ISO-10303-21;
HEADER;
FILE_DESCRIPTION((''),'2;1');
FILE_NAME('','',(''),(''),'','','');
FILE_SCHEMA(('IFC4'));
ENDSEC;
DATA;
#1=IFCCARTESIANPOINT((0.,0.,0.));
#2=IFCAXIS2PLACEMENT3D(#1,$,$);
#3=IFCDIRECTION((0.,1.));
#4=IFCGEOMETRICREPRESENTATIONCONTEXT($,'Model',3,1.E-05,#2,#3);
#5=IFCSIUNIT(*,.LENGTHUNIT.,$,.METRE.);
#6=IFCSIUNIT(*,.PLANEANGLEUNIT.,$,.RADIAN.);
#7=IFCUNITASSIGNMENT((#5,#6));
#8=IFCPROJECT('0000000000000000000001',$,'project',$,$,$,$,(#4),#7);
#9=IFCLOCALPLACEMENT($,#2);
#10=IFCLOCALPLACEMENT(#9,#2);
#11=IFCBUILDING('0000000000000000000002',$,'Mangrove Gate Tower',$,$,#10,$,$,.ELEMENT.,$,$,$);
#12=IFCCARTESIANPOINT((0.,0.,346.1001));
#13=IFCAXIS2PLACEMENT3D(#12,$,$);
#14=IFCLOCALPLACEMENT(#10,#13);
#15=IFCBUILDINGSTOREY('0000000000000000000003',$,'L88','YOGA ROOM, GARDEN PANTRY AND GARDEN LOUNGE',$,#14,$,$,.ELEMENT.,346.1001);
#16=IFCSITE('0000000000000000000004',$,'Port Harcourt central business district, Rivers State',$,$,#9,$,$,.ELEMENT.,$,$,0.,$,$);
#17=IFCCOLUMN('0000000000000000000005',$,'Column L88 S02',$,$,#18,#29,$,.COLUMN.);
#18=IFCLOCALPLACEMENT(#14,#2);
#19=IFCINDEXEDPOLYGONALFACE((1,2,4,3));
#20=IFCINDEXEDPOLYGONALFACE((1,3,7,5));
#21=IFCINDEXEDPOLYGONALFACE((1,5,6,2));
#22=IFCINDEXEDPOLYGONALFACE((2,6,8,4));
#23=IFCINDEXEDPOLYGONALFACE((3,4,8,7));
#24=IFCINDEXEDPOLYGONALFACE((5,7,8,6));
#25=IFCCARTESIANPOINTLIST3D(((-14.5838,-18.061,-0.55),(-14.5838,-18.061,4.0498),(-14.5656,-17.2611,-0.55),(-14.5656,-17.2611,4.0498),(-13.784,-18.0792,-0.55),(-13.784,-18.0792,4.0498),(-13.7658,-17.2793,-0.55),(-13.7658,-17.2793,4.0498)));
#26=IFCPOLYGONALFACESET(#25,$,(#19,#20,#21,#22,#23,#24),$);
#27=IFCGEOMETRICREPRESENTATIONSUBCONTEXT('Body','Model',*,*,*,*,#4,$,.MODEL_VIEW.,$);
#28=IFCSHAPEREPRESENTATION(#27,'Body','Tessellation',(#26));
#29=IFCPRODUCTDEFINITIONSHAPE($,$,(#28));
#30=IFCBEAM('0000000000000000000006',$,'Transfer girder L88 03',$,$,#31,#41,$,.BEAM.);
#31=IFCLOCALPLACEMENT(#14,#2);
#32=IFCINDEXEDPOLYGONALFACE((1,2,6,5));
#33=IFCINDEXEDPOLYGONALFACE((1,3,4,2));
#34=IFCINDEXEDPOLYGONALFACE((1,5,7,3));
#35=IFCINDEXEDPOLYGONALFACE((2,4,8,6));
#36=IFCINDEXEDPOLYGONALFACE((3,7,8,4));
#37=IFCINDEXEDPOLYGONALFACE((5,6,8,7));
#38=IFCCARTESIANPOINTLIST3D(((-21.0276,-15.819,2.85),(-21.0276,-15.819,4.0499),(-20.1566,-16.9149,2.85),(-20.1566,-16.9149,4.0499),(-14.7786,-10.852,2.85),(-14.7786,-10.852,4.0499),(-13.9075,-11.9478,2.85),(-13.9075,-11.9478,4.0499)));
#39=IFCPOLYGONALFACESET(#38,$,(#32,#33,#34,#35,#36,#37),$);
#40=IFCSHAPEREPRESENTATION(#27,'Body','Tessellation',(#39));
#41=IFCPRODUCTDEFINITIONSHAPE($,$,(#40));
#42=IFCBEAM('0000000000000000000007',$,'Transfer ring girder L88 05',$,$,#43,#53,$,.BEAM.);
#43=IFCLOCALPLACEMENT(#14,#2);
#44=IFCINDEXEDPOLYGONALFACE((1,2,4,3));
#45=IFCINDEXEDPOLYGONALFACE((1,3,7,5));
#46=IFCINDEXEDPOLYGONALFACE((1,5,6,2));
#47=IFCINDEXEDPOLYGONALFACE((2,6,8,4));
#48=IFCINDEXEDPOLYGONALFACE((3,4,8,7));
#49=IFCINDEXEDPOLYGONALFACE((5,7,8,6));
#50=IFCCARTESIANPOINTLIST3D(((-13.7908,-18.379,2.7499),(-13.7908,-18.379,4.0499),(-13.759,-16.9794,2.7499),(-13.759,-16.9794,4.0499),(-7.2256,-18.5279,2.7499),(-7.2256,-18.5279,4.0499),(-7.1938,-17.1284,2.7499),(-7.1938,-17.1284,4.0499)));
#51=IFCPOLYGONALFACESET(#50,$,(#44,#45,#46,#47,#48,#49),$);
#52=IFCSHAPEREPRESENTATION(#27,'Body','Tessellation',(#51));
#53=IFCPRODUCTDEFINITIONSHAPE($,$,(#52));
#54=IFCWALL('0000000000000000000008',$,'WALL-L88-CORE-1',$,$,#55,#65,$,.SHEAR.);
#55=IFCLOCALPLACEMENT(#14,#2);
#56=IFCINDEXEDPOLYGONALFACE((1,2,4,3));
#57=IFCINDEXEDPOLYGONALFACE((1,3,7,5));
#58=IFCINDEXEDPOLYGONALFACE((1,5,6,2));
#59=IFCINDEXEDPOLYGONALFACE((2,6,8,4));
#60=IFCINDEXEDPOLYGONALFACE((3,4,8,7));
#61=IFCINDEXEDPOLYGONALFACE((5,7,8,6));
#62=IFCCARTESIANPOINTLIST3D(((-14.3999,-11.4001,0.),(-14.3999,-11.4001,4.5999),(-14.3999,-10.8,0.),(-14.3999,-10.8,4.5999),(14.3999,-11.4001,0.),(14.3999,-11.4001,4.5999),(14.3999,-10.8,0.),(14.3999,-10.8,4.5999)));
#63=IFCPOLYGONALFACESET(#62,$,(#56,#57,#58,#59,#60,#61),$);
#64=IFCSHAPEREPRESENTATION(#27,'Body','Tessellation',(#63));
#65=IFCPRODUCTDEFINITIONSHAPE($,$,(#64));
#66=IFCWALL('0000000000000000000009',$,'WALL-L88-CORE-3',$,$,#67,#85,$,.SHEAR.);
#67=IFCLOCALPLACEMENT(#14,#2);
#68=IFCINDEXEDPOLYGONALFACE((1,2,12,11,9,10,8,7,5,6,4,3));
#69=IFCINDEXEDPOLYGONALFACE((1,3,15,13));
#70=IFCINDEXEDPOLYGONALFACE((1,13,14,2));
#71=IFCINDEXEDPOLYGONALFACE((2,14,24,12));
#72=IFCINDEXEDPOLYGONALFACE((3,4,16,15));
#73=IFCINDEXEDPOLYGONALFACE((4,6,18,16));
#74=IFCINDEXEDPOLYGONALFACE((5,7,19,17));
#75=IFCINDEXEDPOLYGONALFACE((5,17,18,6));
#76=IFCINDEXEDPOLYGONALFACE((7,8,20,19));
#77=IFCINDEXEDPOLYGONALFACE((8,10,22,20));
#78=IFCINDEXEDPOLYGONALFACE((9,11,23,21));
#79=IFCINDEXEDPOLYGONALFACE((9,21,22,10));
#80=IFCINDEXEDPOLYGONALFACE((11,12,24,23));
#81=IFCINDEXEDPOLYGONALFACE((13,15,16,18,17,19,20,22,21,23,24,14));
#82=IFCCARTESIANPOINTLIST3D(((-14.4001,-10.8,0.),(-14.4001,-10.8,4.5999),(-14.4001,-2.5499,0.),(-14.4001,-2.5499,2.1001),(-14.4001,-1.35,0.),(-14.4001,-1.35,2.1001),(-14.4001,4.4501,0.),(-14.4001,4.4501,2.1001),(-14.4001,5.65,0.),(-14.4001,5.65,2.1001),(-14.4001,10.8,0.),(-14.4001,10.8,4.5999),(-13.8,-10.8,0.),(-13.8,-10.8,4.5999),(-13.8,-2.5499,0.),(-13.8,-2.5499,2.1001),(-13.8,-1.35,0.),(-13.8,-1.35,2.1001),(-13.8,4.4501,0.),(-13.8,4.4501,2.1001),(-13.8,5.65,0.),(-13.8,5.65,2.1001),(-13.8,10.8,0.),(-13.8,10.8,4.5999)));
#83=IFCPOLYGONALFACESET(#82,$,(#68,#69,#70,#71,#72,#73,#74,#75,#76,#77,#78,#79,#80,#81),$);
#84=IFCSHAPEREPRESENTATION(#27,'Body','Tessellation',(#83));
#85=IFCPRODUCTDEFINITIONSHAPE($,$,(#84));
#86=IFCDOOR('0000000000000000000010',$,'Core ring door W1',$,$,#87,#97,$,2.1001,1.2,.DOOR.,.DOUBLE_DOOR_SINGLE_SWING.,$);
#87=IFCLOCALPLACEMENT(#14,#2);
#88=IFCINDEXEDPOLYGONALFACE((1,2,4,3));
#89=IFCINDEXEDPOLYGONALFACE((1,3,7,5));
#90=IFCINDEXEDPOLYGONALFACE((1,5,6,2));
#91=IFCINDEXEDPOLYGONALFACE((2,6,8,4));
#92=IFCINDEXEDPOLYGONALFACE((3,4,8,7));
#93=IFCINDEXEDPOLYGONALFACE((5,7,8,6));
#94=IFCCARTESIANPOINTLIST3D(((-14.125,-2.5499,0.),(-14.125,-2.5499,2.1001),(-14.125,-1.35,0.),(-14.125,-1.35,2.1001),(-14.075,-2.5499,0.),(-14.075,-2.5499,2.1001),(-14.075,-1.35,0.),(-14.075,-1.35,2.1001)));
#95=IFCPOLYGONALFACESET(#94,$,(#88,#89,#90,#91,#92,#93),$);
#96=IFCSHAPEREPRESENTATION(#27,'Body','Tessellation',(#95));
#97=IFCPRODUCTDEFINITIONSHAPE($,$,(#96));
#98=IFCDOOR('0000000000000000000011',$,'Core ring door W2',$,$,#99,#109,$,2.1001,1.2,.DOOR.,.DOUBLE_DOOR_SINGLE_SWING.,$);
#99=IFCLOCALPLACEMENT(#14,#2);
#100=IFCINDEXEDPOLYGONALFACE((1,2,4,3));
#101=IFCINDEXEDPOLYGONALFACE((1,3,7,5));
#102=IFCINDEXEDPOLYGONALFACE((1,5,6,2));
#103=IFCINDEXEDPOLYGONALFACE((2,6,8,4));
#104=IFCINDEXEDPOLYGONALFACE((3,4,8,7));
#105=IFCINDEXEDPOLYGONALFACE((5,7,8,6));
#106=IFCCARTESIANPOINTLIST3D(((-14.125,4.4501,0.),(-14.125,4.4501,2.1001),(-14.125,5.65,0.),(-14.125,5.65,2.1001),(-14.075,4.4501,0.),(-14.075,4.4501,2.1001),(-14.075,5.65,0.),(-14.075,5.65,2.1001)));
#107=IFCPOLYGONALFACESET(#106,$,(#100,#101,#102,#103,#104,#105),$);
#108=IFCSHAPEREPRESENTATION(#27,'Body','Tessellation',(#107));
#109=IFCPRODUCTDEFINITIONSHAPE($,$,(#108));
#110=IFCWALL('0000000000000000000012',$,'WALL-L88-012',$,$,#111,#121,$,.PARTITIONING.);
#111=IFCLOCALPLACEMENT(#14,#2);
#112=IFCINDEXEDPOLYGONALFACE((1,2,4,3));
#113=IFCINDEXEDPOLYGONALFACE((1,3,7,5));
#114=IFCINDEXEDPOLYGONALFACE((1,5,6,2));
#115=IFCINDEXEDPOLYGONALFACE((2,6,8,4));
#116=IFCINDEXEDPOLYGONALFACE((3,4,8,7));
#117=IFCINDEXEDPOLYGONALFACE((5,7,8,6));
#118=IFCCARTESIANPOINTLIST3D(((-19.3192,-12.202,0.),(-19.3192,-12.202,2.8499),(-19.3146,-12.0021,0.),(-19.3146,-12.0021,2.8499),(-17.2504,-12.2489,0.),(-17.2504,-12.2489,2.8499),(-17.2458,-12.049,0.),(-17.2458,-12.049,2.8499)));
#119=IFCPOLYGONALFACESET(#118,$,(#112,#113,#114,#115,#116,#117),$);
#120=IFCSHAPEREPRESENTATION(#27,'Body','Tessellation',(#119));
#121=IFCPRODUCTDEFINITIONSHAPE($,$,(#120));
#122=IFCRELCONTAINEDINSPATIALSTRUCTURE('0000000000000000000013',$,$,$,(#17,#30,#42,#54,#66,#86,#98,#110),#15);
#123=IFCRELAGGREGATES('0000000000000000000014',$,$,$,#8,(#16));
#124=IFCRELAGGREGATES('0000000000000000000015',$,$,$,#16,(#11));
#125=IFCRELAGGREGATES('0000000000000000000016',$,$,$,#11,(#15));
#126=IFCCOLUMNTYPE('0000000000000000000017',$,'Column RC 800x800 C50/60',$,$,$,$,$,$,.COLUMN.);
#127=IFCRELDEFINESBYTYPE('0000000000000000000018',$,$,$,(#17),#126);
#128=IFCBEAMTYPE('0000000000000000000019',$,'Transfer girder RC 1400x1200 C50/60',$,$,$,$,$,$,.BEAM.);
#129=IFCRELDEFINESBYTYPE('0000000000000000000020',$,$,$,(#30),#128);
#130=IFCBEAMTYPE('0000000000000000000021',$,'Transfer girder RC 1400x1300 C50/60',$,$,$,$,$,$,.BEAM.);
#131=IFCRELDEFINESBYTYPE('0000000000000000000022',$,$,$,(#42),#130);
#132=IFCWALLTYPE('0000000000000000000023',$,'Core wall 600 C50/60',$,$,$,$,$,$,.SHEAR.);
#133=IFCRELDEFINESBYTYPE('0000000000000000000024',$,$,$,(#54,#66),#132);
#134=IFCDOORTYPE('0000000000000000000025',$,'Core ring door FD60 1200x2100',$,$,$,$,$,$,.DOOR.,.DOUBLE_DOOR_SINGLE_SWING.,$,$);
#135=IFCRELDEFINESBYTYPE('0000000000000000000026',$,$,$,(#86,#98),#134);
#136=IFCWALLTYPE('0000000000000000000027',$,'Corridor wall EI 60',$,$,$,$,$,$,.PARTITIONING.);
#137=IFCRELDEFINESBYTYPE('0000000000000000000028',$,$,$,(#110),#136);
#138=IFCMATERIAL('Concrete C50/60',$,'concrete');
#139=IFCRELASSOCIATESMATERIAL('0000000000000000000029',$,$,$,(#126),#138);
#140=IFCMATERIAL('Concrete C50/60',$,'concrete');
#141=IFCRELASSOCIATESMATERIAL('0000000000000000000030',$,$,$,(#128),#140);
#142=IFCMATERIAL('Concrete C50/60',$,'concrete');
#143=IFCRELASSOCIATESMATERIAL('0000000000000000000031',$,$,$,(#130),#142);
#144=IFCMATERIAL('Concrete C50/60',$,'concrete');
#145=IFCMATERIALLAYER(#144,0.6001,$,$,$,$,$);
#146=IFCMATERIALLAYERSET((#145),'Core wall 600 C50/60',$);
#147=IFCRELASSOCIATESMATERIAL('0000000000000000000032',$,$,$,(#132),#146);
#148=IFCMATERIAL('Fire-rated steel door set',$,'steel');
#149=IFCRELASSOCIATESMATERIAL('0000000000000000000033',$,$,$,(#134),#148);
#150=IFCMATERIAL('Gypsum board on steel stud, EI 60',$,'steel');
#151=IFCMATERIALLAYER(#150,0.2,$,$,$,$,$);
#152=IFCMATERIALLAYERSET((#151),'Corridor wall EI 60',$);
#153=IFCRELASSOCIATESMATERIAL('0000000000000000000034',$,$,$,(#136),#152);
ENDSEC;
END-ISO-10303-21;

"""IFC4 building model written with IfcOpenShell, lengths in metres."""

from ifc_helpers import new_model, si_unit, direction, frame, frame_2d, origin, origin_2d, place, context, subcontext, project, spatial, rectangle, extrude, material, layer, layer_set, material_profile, profile_set, type_object, element, fill, save


model = new_model("IFC4")

# Units and contexts
model_context = context("Model", 3, precision=1e-05, world=origin(), true_north=direction((0.0, 1.0)))
body_context = subcontext(model_context, "Body", "Model", "MODEL_VIEW")
ifc_project = project(units=[si_unit("LENGTHUNIT", "METRE"), si_unit("PLANEANGLEUNIT", "RADIAN")], contexts=[model_context])

# Site, building, storey
site_placement = place(None, origin())
site = spatial("IfcSite", under=ifc_project, at=site_placement, Name="Port Harcourt central business district, Rivers State", CompositionType="ELEMENT", RefElevation=0.0)
building_placement = place(site_placement, origin())
building = spatial("IfcBuilding", under=site, at=building_placement, Name="Mangrove Gate Tower", CompositionType="ELEMENT")
storey_placement = place(building_placement, frame((0.0, 0.0, 346.1001)))
storey = spatial("IfcBuildingStorey", under=building, at=storey_placement, Name="L88", Description="YOGA ROOM, GARDEN PANTRY AND GARDEN LOUNGE", CompositionType="ELEMENT", Elevation=346.1001)

# Column
ifc_material_1 = material(Name="Concrete C50/60", Category="concrete")
ifc_material_profile_1 = material_profile(ifc_material_1, rectangle(XDim=0.8, YDim=0.8, at=origin_2d()))
ifc_profile_set_1 = profile_set([ifc_material_profile_1], Name="Concrete C50/60")
column_type = type_object("IfcColumnType", Name="Column RC 800x800 C50/60", PredefinedType="COLUMN", material=ifc_profile_set_1)
column_placement = place(storey_placement, frame((-14.1748, -17.6702, -0.55), z_axis=(0.0, 0.0, 1.0), x_axis=(0.999741, -0.022737, 0.0)))
element("IfcColumn", 1, at=column_placement, inside=storey, type_object=column_type, Name="Column L88 S02", PredefinedType="COLUMN", context=body_context, shape_type="SweptSolid", body=[
    extrude(rectangle(XDim=0.8, YDim=0.8, at=origin_2d()), origin(), (0.0, 0.0, 1.0), 4.5999),
])

# Beams
ifc_material_2 = material(Name="Concrete C50/60", Category="concrete")
ifc_material_profile_2 = material_profile(ifc_material_2, rectangle(XDim=1.3999, YDim=1.2, at=origin_2d()))
ifc_profile_set_2 = profile_set([ifc_material_profile_2], Name="Concrete C50/60")
beam_type_1 = type_object("IfcBeamType", Name="Transfer girder RC 1400x1200 C50/60", PredefinedType="BEAM", material=ifc_profile_set_2)
beam_1_placement = place(storey_placement, frame((-14.343, -11.3999, 3.45), z_axis=(-0.782831, -0.622234, 0.0), x_axis=(0.622234, -0.782831, 0.0)))
element("IfcBeam", 2, at=beam_1_placement, inside=storey, type_object=beam_type_1, Name="Transfer girder L88 03", PredefinedType="BEAM", context=body_context, shape_type="SweptSolid", body=[
    extrude(rectangle(XDim=1.3999, YDim=1.2, at=origin_2d()), origin(), (0.0, 0.0, 1.0), 7.9827),
])
ifc_material_3 = material(Name="Concrete C50/60", Category="concrete")
ifc_material_profile_3 = material_profile(ifc_material_3, rectangle(XDim=1.3999, YDim=1.3, at=origin_2d()))
ifc_profile_set_3 = profile_set([ifc_material_profile_3], Name="Concrete C50/60")
beam_type_2 = type_object("IfcBeamType", Name="Transfer girder RC 1400x1300 C50/60", PredefinedType="BEAM", material=ifc_profile_set_3)
beam_2_placement = place(storey_placement, frame((-13.7749, -17.6792, 3.3999), z_axis=(0.999743, -0.022678, 0.0), x_axis=(0.022678, 0.999743, 0.0)))
element("IfcBeam", 3, at=beam_2_placement, inside=storey, type_object=beam_type_2, Name="Transfer ring girder L88 05", PredefinedType="BEAM", context=body_context, shape_type="SweptSolid", body=[
    extrude(rectangle(XDim=1.3999, YDim=1.3, at=origin_2d()), origin(), (0.0, 0.0, 1.0), 6.5669),
])

# Wall
ifc_material_4 = material(Name="Concrete C50/60", Category="concrete")
ifc_layer_1 = layer(ifc_material_4, 0.6001)
ifc_layer_set_1 = layer_set([ifc_layer_1], Name="Core wall 600 C50/60")
wall_type_1 = type_object("IfcWallType", Name="Core wall 600 C50/60", PredefinedType="SHEAR", material=ifc_layer_set_1)
wall_1_placement = place(storey_placement, frame((-14.3999, -11.1001, 0.0), z_axis=(0.0, 0.0, 1.0), x_axis=(1.0, 0.0, 0.0)))
element("IfcWall", 4, at=wall_1_placement, inside=storey, type_object=wall_type_1, Name="WALL-L88-CORE-1", PredefinedType="SHEAR", context=body_context, shape_type="SweptSolid", body=[
    extrude(rectangle(XDim=28.7998, YDim=0.6001, at=frame_2d((14.3999, 0.0))), origin(), (0.0, 0.0, 1.0), 4.5999),
])

# Wall, openings, doors
wall_2_placement = place(storey_placement, frame((-14.1001, -10.8, 0.0), z_axis=(0.0, 0.0, 1.0), x_axis=(0.0, 1.0, 0.0)))
wall_2 = element("IfcWall", 5, at=wall_2_placement, inside=storey, type_object=wall_type_1, Name="WALL-L88-CORE-3", PredefinedType="SHEAR", context=body_context, shape_type="SweptSolid", body=[
    extrude(rectangle(XDim=21.6001, YDim=0.6001, at=frame_2d((10.8, 0.0))), origin(), (0.0, 0.0, 1.0), 4.5999),
])
opening_1_placement = place(wall_2_placement, frame((8.25, 0.0, 0.0)))
opening_1 = element("IfcOpeningElement", 6, at=opening_1_placement, cuts=wall_2, PredefinedType="OPENING", context=body_context, shape_type="SweptSolid", body=[
    extrude(rectangle(XDim=1.2, YDim=2.1001, at=frame_2d((0.6001, 1.05))), frame((0.0, 0.3101, 0.0), z_axis=(0.0, -1.0, 0.0), x_axis=(1.0, 0.0, 0.0)), (0.0, 0.0, 1.0), 0.6201),
])
opening_2_placement = place(wall_2_placement, frame((15.25, 0.0, 0.0)))
opening_2 = element("IfcOpeningElement", 7, at=opening_2_placement, cuts=wall_2, PredefinedType="OPENING", context=body_context, shape_type="SweptSolid", body=[
    extrude(rectangle(XDim=1.2, YDim=2.1001, at=frame_2d((0.6001, 1.05))), frame((0.0, 0.3101, 0.0), z_axis=(0.0, -1.0, 0.0), x_axis=(1.0, 0.0, 0.0)), (0.0, 0.0, 1.0), 0.6201),
])
ifc_material_5 = material(Name="Fire-rated steel door set", Category="steel")
door_type_1 = type_object("IfcDoorType", Name="Core ring door FD60 1200x2100", OperationType="DOUBLE_DOOR_SINGLE_SWING", PredefinedType="DOOR", material=ifc_material_5)
door_1_placement = place(opening_1_placement, origin())
door_1 = element("IfcDoor", 8, at=door_1_placement, inside=storey, type_object=door_type_1, Name="Core ring door W1", OperationType="DOUBLE_DOOR_SINGLE_SWING", OverallHeight=2.1001, OverallWidth=1.2, PredefinedType="DOOR", context=body_context, shape_type="SweptSolid", body=[
    extrude(rectangle(XDim=1.2, YDim=2.1001, at=frame_2d((0.6001, 1.05))), frame((0.0, 0.0249, 0.0), z_axis=(0.0, -1.0, 0.0), x_axis=(1.0, 0.0, 0.0)), (0.0, 0.0, 1.0), 0.05),
])
fill(opening_1, door_1)
door_2_placement = place(opening_2_placement, origin())
door_2 = element("IfcDoor", 9, at=door_2_placement, inside=storey, type_object=door_type_1, Name="Core ring door W2", OperationType="DOUBLE_DOOR_SINGLE_SWING", OverallHeight=2.1001, OverallWidth=1.2, PredefinedType="DOOR", context=body_context, shape_type="SweptSolid", body=[
    extrude(rectangle(XDim=1.2, YDim=2.1001, at=frame_2d((0.6001, 1.05))), frame((0.0, 0.0249, 0.0), z_axis=(0.0, -1.0, 0.0), x_axis=(1.0, 0.0, 0.0)), (0.0, 0.0, 1.0), 0.05),
])
fill(opening_2, door_2)

# Wall
ifc_material_6 = material(Name="Gypsum board on steel stud, EI 60", Category="steel")
ifc_layer_2 = layer(ifc_material_6, 0.2)
ifc_layer_set_2 = layer_set([ifc_layer_2], Name="Corridor wall EI 60")
wall_type_2 = type_object("IfcWallType", Name="Corridor wall EI 60", PredefinedType="PARTITIONING", material=ifc_layer_set_2)
wall_3_placement = place(storey_placement, frame((-19.3169, -12.1021, 0.0), z_axis=(0.0, 0.0, 1.0), x_axis=(0.999743, -0.022652, 0.0)))
element("IfcWall", 10, at=wall_3_placement, inside=storey, type_object=wall_type_2, Name="WALL-L88-012", PredefinedType="PARTITIONING", context=body_context, shape_type="SweptSolid", body=[
    extrude(rectangle(XDim=2.0693, YDim=0.2, at=frame_2d((1.0347, 0.0))), origin(), (0.0, 0.0, 1.0), 2.8499),
])

save(model, "model.ifc")
